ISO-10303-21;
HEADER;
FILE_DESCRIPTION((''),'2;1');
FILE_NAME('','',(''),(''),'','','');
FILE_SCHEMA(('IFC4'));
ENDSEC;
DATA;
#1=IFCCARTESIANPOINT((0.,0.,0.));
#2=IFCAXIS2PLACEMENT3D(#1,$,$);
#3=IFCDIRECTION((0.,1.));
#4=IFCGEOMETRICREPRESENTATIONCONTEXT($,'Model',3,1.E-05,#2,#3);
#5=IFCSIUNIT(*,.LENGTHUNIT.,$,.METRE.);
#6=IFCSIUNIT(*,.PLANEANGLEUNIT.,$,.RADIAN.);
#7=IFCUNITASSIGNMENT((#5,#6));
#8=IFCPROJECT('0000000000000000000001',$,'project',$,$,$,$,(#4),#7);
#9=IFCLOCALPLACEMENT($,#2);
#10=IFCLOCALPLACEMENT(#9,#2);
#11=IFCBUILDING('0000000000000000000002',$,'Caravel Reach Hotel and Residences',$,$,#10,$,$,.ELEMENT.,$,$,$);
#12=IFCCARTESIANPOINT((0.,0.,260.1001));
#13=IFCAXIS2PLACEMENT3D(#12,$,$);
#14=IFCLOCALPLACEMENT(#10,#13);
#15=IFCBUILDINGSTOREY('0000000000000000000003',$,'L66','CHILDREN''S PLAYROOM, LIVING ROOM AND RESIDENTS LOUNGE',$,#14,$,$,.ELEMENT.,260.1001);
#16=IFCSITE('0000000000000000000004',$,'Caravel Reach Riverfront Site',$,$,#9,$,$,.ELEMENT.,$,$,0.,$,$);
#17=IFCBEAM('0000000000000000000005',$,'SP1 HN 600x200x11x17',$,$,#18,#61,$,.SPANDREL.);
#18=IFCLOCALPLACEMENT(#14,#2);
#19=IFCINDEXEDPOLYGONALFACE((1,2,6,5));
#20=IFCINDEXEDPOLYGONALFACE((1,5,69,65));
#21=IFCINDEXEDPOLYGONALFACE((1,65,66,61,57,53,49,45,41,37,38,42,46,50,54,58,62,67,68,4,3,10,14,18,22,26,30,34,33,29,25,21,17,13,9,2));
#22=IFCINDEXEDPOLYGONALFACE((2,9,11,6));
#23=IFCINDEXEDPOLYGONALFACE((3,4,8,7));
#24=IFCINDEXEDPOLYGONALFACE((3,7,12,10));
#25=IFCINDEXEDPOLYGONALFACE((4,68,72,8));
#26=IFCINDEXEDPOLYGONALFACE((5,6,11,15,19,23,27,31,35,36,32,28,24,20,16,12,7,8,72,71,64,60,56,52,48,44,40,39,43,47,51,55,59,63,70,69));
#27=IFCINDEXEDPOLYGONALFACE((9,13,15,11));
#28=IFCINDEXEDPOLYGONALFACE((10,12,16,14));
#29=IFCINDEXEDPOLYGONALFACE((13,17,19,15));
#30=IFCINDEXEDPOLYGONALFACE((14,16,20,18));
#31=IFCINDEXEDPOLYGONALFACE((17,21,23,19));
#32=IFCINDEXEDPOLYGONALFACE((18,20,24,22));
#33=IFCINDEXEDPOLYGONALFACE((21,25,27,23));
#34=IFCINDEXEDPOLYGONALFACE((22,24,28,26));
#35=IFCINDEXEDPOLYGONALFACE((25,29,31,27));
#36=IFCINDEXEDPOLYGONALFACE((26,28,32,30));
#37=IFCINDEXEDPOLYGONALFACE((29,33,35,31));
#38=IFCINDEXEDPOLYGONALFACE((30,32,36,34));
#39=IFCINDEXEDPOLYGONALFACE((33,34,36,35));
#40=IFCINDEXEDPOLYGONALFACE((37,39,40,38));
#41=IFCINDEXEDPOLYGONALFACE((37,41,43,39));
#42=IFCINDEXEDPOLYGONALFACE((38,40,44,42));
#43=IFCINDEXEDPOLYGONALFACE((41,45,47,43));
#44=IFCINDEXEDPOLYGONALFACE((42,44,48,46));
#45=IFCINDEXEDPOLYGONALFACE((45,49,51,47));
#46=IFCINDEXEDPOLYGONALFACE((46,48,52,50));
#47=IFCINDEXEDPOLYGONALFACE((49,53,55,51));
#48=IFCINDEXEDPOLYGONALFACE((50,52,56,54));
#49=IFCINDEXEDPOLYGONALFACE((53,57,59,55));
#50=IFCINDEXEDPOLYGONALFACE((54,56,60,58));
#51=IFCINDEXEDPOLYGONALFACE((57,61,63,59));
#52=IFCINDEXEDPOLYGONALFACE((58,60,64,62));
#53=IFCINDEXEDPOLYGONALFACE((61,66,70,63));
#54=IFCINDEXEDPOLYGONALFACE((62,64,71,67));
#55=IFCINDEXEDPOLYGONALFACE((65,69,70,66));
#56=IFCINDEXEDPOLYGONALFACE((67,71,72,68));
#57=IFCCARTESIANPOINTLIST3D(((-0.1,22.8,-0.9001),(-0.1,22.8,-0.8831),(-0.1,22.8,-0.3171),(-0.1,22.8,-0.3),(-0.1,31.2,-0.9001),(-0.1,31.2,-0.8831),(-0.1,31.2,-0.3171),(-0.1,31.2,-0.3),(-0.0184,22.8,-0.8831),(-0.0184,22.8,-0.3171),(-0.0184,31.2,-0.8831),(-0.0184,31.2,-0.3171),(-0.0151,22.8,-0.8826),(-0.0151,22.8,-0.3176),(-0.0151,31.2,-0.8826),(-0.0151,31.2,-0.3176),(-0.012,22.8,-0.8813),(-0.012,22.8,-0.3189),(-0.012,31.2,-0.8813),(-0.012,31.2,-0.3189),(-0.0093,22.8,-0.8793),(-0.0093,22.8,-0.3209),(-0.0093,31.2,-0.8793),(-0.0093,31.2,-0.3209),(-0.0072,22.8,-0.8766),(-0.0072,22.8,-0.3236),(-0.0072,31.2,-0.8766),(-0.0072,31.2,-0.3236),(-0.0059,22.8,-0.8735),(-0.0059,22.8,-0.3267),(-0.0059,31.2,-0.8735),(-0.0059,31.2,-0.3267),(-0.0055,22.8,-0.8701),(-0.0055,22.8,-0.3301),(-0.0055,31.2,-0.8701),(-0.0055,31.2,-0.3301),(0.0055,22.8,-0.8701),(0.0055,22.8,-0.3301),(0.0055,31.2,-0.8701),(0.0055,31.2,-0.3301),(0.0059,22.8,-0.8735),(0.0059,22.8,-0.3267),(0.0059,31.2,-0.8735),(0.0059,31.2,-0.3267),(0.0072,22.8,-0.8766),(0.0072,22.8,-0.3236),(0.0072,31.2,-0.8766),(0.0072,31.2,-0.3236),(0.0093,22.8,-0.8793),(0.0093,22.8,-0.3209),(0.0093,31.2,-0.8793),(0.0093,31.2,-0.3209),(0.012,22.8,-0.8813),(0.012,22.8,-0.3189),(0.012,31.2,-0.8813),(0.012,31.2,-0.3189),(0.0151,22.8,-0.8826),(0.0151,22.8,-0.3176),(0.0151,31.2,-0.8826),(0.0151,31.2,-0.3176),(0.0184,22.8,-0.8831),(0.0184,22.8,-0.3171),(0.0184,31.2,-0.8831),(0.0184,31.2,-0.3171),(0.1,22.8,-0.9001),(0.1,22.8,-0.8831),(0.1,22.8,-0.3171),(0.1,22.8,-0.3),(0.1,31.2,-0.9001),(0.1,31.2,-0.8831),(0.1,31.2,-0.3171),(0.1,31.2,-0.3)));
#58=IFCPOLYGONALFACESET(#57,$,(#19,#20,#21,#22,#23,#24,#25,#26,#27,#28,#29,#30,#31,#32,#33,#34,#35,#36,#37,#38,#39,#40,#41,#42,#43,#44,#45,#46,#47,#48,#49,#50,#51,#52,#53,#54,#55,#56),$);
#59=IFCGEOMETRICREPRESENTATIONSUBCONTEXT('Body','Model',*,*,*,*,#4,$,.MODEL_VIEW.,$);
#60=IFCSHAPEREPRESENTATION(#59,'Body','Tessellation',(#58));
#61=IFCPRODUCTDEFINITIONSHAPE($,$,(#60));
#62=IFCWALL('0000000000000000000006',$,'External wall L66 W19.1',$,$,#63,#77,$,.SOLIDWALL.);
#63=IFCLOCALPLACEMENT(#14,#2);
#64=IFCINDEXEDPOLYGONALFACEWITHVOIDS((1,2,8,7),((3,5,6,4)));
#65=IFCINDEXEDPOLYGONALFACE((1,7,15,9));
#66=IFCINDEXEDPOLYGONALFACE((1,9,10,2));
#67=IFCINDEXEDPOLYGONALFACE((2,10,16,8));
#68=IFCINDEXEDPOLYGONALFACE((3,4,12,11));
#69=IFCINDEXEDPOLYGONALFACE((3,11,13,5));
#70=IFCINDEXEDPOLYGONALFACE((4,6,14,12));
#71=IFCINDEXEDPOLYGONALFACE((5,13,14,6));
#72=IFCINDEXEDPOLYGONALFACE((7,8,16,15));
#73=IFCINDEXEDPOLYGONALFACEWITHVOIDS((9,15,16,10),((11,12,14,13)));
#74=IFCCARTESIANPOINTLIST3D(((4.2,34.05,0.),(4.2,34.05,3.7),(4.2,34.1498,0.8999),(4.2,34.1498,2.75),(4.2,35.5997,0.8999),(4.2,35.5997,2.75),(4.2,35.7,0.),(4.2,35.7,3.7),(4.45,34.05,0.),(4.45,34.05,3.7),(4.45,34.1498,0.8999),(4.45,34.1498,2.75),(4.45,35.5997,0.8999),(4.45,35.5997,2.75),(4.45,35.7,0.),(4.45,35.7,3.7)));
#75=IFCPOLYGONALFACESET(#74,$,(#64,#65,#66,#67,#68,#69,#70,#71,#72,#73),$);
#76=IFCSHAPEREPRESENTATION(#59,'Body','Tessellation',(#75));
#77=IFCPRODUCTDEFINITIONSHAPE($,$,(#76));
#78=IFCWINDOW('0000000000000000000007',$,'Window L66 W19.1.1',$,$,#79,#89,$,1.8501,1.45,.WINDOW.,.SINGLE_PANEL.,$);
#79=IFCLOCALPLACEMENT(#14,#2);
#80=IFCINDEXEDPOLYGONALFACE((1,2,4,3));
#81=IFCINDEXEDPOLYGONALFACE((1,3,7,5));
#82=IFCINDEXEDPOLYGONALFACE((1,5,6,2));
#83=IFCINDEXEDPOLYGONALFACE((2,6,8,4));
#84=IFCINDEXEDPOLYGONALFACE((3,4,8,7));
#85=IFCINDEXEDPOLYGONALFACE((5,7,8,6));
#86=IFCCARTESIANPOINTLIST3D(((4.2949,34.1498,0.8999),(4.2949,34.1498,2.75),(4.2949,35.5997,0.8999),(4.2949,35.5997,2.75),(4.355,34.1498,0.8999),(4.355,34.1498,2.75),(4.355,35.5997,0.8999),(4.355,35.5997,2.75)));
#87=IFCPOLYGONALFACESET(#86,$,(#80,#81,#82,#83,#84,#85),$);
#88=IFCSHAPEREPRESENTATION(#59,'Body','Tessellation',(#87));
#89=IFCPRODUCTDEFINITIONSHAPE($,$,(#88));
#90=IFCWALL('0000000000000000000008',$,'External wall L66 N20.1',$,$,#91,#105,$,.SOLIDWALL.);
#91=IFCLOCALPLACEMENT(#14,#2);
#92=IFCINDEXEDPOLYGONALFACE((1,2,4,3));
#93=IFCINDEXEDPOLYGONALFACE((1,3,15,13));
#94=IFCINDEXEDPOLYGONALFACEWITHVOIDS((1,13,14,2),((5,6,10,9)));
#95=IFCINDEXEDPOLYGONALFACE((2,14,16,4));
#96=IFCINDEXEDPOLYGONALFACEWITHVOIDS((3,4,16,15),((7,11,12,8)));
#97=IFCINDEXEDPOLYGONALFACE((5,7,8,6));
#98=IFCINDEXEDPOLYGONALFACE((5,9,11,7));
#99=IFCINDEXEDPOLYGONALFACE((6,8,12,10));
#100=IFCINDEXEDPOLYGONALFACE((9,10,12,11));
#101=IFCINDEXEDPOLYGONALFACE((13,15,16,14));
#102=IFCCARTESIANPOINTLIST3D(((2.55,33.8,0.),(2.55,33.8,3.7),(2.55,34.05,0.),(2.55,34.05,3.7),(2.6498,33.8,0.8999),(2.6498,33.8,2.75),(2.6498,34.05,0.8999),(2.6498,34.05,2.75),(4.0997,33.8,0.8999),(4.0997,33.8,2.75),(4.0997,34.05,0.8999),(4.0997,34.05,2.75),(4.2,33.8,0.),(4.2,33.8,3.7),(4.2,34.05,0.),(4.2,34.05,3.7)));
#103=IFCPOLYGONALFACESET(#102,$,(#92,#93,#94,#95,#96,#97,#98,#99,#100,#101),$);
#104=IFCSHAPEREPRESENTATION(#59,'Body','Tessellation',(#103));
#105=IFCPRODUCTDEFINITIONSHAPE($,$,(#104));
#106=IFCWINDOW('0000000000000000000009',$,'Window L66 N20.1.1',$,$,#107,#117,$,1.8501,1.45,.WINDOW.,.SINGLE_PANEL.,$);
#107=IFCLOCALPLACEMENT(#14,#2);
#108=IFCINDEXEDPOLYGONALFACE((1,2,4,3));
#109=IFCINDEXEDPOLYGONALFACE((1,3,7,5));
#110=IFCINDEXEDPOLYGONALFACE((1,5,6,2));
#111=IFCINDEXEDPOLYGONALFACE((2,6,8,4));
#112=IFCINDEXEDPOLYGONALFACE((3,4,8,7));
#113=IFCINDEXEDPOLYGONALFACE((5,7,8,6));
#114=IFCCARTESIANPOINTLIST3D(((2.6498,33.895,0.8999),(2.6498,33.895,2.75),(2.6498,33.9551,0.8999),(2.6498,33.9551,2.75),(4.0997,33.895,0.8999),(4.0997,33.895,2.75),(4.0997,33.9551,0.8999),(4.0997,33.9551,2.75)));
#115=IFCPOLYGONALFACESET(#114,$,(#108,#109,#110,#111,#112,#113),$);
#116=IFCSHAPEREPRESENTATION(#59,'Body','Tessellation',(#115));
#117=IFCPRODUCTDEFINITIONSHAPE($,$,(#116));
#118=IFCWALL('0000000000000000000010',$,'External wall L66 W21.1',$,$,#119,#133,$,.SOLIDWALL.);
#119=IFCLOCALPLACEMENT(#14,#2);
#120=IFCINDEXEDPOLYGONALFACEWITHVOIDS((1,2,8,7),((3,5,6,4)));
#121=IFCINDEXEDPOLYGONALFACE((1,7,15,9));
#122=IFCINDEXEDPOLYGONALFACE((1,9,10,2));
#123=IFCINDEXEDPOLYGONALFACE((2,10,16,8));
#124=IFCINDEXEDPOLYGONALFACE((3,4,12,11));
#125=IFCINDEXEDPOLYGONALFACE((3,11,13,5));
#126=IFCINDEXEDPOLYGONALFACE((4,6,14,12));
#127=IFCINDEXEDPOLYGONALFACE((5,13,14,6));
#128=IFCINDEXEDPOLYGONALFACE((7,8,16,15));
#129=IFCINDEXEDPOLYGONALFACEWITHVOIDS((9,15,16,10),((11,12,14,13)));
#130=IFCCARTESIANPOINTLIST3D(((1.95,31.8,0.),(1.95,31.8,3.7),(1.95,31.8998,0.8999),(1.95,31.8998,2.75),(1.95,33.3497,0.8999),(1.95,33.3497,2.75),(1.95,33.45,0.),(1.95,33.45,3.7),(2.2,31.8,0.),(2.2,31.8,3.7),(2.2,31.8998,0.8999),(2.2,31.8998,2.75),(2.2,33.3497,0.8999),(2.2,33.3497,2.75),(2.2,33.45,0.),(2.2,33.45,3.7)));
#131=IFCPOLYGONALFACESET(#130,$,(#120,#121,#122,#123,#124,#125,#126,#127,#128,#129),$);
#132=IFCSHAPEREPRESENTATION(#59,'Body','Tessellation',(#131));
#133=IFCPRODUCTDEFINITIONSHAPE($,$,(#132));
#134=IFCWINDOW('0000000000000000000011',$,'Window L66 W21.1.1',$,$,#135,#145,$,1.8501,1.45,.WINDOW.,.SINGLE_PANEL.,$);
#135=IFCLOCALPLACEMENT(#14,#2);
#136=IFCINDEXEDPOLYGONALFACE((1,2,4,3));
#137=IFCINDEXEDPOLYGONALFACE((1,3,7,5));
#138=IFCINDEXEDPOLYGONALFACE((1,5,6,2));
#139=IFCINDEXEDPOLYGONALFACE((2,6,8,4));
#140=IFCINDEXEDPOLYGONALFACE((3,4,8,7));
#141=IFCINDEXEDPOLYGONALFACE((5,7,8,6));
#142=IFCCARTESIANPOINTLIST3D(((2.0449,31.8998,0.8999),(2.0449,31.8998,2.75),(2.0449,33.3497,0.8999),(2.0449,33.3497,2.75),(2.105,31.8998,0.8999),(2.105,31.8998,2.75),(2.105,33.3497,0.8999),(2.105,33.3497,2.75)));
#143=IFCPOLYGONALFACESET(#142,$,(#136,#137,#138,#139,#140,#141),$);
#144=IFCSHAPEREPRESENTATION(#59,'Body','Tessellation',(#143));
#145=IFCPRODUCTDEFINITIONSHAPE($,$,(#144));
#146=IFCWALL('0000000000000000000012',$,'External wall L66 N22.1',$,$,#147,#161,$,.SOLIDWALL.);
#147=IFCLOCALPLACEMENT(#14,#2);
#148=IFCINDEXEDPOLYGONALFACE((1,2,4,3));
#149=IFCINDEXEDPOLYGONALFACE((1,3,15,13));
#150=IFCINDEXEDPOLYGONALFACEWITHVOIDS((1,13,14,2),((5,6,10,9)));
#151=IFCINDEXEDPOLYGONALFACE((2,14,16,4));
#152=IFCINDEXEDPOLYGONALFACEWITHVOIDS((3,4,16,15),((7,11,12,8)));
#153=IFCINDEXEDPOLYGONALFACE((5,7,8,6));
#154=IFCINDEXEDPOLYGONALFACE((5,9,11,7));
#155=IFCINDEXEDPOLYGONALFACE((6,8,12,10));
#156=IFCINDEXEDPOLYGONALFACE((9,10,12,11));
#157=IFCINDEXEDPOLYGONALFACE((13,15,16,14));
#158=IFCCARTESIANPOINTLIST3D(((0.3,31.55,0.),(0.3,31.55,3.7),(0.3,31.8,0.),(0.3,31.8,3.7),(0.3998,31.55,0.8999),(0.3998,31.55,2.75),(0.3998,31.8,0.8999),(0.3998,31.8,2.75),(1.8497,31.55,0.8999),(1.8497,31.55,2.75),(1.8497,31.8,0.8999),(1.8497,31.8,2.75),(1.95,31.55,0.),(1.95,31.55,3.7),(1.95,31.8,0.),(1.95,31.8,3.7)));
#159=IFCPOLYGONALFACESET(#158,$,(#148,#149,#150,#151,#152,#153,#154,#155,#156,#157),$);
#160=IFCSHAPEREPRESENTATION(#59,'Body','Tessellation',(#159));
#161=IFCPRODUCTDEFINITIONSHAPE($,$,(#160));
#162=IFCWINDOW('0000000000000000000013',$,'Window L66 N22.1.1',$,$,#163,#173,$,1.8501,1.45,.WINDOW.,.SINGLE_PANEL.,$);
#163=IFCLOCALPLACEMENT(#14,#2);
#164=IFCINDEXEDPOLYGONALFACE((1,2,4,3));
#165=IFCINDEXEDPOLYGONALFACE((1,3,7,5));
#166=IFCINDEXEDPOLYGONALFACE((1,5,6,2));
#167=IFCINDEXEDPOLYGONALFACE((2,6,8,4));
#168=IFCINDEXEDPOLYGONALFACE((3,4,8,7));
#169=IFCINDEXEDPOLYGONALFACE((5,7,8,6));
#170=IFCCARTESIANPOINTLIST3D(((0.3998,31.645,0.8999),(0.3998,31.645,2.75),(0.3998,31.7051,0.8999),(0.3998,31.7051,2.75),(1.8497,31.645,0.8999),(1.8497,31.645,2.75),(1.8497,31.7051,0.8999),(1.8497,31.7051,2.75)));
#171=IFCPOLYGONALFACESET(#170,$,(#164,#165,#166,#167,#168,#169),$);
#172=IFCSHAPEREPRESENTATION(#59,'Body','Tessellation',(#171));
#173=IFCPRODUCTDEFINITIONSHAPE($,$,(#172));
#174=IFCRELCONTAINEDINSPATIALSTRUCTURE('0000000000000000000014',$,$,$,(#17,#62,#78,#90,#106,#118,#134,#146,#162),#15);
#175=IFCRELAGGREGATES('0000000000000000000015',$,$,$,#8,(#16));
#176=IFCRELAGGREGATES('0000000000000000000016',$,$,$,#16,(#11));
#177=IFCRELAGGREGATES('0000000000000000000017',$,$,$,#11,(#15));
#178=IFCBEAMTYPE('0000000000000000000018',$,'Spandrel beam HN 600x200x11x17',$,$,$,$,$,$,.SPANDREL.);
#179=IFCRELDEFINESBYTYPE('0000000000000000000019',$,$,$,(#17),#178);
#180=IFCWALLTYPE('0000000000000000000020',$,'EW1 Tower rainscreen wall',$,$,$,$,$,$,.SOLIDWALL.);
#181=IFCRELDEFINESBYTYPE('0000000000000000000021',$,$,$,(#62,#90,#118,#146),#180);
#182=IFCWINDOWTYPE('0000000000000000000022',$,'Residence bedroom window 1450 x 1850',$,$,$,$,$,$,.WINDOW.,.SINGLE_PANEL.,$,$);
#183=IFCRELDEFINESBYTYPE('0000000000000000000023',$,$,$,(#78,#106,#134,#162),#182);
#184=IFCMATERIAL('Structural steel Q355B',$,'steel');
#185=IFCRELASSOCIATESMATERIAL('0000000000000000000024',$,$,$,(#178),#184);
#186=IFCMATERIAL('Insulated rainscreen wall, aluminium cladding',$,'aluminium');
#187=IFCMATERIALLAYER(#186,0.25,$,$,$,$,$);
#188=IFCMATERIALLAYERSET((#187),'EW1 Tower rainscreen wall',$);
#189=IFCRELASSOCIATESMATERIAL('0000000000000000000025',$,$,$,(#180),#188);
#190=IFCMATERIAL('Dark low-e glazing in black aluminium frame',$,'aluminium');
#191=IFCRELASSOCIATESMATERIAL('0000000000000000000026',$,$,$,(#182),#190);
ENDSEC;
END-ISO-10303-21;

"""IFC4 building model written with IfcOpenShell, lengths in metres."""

from ifc_helpers import new_model, si_unit, direction, frame, frame_2d, origin, origin_2d, place, context, subcontext, project, spatial, rectangle, i_section, extrude, material, layer, layer_set, material_profile, profile_set, type_object, element, fill, save


model = new_model("IFC4")

# Units and contexts
model_context = context("Model", 3, precision=1e-05, world=origin(), true_north=direction((0.0, 1.0)))
body_context = subcontext(model_context, "Body", "Model", "MODEL_VIEW")
ifc_project = project(units=[si_unit("LENGTHUNIT", "METRE"), si_unit("PLANEANGLEUNIT", "RADIAN")], contexts=[model_context])

# Site, building, storey
site_placement = place(None, origin())
site = spatial("IfcSite", under=ifc_project, at=site_placement, Name="Caravel Reach Riverfront Site", CompositionType="ELEMENT", RefElevation=0.0)
building_placement = place(site_placement, origin())
building = spatial("IfcBuilding", under=site, at=building_placement, Name="Caravel Reach Hotel and Residences", CompositionType="ELEMENT")
storey_placement = place(building_placement, frame((0.0, 0.0, 260.1001)))
storey = spatial("IfcBuildingStorey", under=building, at=storey_placement, Name="L66", Description="CHILDREN'S PLAYROOM, LIVING ROOM AND RESIDENTS LOUNGE", CompositionType="ELEMENT", Elevation=260.1001)

# Beam
ifc_material_1 = material(Name="Structural steel Q355B", Category="steel")
ifc_material_profile_1 = material_profile(ifc_material_1, i_section(OverallWidth=0.2, OverallDepth=0.6001, WebThickness=0.011, FlangeThickness=0.0171, FilletRadius=0.0129, at=origin_2d()), Name="HN 600x200x11x17")
ifc_profile_set_1 = profile_set([ifc_material_profile_1], Name="Structural steel Q355B")
beam_type = type_object("IfcBeamType", Name="Spandrel beam HN 600x200x11x17", PredefinedType="SPANDREL", material=ifc_profile_set_1)
beam_placement = place(storey_placement, frame((0.0, 31.2, -0.6001), z_axis=(0.0, -1.0, 0.0), x_axis=(1.0, 0.0, 0.0)))
element("IfcBeam", 1, at=beam_placement, inside=storey, type_object=beam_type, Name="SP1 HN 600x200x11x17", PredefinedType="SPANDREL", context=body_context, shape_type="SweptSolid", body=[
    extrude(i_section(OverallWidth=0.2, OverallDepth=0.6001, WebThickness=0.011, FlangeThickness=0.0171, FilletRadius=0.0129, at=origin_2d()), origin(), (0.0, 0.0, 1.0), 8.3999),
])

# Walls, openings, windows
ifc_material_2 = material(Name="Insulated rainscreen wall, aluminium cladding", Category="aluminium")
ifc_layer = layer(ifc_material_2, 0.25)
ifc_layer_set = layer_set([ifc_layer], Name="EW1 Tower rainscreen wall")
wall_type = type_object("IfcWallType", Name="EW1 Tower rainscreen wall", PredefinedType="SOLIDWALL", material=ifc_layer_set)
wall_1_placement = place(storey_placement, frame((4.325, 35.7, 0.0), z_axis=(0.0, 0.0, 1.0), x_axis=(0.0, -1.0, 0.0)))
wall_1 = element("IfcWall", 2, at=wall_1_placement, inside=storey, type_object=wall_type, Name="External wall L66 W19.1", PredefinedType="SOLIDWALL", context=body_context, shape_type="SweptSolid", body=[
    extrude(rectangle(XDim=1.6499, YDim=0.25, at=frame_2d((0.825, 0.0))), origin(), (0.0, 0.0, 1.0), 3.7),
])
opening_1_placement = place(wall_1_placement, frame((0.1001, 0.0, 0.8999)))
opening_1 = element("IfcOpeningElement", 3, at=opening_1_placement, cuts=wall_1, PredefinedType="OPENING", context=body_context, shape_type="SweptSolid", body=[
    extrude(rectangle(XDim=1.45, YDim=1.8501, at=frame_2d((0.7251, 0.925))), frame((0.0, 0.135, 0.0), z_axis=(0.0, -1.0, 0.0), x_axis=(1.0, 0.0, 0.0)), (0.0, 0.0, 1.0), 0.27),
])
ifc_material_3 = material(Name="Dark low-e glazing in black aluminium frame", Category="aluminium")
window_type_1 = type_object("IfcWindowType", Name="Residence bedroom window 1450 x 1850", PartitioningType="SINGLE_PANEL", PredefinedType="WINDOW", material=ifc_material_3)
window_1_placement = place(opening_1_placement, origin())
window_1 = element("IfcWindow", 4, at=window_1_placement, inside=storey, type_object=window_type_1, Name="Window L66 W19.1.1", OverallHeight=1.8501, OverallWidth=1.45, PartitioningType="SINGLE_PANEL", PredefinedType="WINDOW", context=body_context, shape_type="SweptSolid", body=[
    extrude(rectangle(XDim=1.45, YDim=1.8501, at=frame_2d((0.7251, 0.925))), frame((0.0, 0.03, 0.0), z_axis=(0.0, -1.0, 0.0), x_axis=(1.0, 0.0, 0.0)), (0.0, 0.0, 1.0), 0.0601),
])
fill(opening_1, window_1)
wall_2_placement = place(storey_placement, frame((4.2, 33.925, 0.0), z_axis=(0.0, 0.0, 1.0), x_axis=(-1.0, 0.0, 0.0)))
wall_2 = element("IfcWall", 5, at=wall_2_placement, inside=storey, type_object=wall_type, Name="External wall L66 N20.1", PredefinedType="SOLIDWALL", context=body_context, shape_type="SweptSolid", body=[
    extrude(rectangle(XDim=1.6499, YDim=0.25, at=frame_2d((0.825, 0.0))), origin(), (0.0, 0.0, 1.0), 3.7),
])
opening_2_placement = place(wall_2_placement, frame((0.1001, 0.0, 0.8999)))
opening_2 = element("IfcOpeningElement", 6, at=opening_2_placement, cuts=wall_2, PredefinedType="OPENING", context=body_context, shape_type="SweptSolid", body=[
    extrude(rectangle(XDim=1.45, YDim=1.8501, at=frame_2d((0.7251, 0.925))), frame((0.0, 0.135, 0.0), z_axis=(0.0, -1.0, 0.0), x_axis=(1.0, 0.0, 0.0)), (0.0, 0.0, 1.0), 0.27),
])
window_2_placement = place(opening_2_placement, origin())
window_2 = element("IfcWindow", 7, at=window_2_placement, inside=storey, type_object=window_type_1, Name="Window L66 N20.1.1", OverallHeight=1.8501, OverallWidth=1.45, PartitioningType="SINGLE_PANEL", PredefinedType="WINDOW", context=body_context, shape_type="SweptSolid", body=[
    extrude(rectangle(XDim=1.45, YDim=1.8501, at=frame_2d((0.7251, 0.925))), frame((0.0, 0.03, 0.0), z_axis=(0.0, -1.0, 0.0), x_axis=(1.0, 0.0, 0.0)), (0.0, 0.0, 1.0), 0.0601),
])
fill(opening_2, window_2)
wall_3_placement = place(storey_placement, frame((2.075, 33.45, 0.0), z_axis=(0.0, 0.0, 1.0), x_axis=(0.0, -1.0, 0.0)))
wall_3 = element("IfcWall", 8, at=wall_3_placement, inside=storey, type_object=wall_type, Name="External wall L66 W21.1", PredefinedType="SOLIDWALL", context=body_context, shape_type="SweptSolid", body=[
    extrude(rectangle(XDim=1.6499, YDim=0.25, at=frame_2d((0.825, 0.0))), origin(), (0.0, 0.0, 1.0), 3.7),
])
opening_3_placement = place(wall_3_placement, frame((0.1001, 0.0, 0.8999)))
opening_3 = element("IfcOpeningElement", 9, at=opening_3_placement, cuts=wall_3, PredefinedType="OPENING", context=body_context, shape_type="SweptSolid", body=[
    extrude(rectangle(XDim=1.45, YDim=1.8501, at=frame_2d((0.7251, 0.925))), frame((0.0, 0.135, 0.0), z_axis=(0.0, -1.0, 0.0), x_axis=(1.0, 0.0, 0.0)), (0.0, 0.0, 1.0), 0.27),
])
window_3_placement = place(opening_3_placement, origin())
window_3 = element("IfcWindow", 10, at=window_3_placement, inside=storey, type_object=window_type_1, Name="Window L66 W21.1.1", OverallHeight=1.8501, OverallWidth=1.45, PartitioningType="SINGLE_PANEL", PredefinedType="WINDOW", context=body_context, shape_type="SweptSolid", body=[
    extrude(rectangle(XDim=1.45, YDim=1.8501, at=frame_2d((0.7251, 0.925))), frame((0.0, 0.03, 0.0), z_axis=(0.0, -1.0, 0.0), x_axis=(1.0, 0.0, 0.0)), (0.0, 0.0, 1.0), 0.0601),
])
fill(opening_3, window_3)
wall_4_placement = place(storey_placement, frame((1.95, 31.675, 0.0), z_axis=(0.0, 0.0, 1.0), x_axis=(-1.0, 0.0, 0.0)))
wall_4 = element("IfcWall", 11, at=wall_4_placement, inside=storey, type_object=wall_type, Name="External wall L66 N22.1", PredefinedType="SOLIDWALL", context=body_context, shape_type="SweptSolid", body=[
    extrude(rectangle(XDim=1.6499, YDim=0.25, at=frame_2d((0.825, 0.0))), origin(), (0.0, 0.0, 1.0), 3.7),
])
opening_4_placement = place(wall_4_placement, frame((0.1001, 0.0, 0.8999)))
opening_4 = element("IfcOpeningElement", 12, at=opening_4_placement, cuts=wall_4, PredefinedType="OPENING", context=body_context, shape_type="SweptSolid", body=[
    extrude(rectangle(XDim=1.45, YDim=1.8501, at=frame_2d((0.7251, 0.925))), frame((0.0, 0.135, 0.0), z_axis=(0.0, -1.0, 0.0), x_axis=(1.0, 0.0, 0.0)), (0.0, 0.0, 1.0), 0.27),
])
window_4_placement = place(opening_4_placement, origin())
window_4 = element("IfcWindow", 13, at=window_4_placement, inside=storey, type_object=window_type_1, Name="Window L66 N22.1.1", OverallHeight=1.8501, OverallWidth=1.45, PartitioningType="SINGLE_PANEL", PredefinedType="WINDOW", context=body_context, shape_type="SweptSolid", body=[
    extrude(rectangle(XDim=1.45, YDim=1.8501, at=frame_2d((0.7251, 0.925))), frame((0.0, 0.03, 0.0), z_axis=(0.0, -1.0, 0.0), x_axis=(1.0, 0.0, 0.0)), (0.0, 0.0, 1.0), 0.0601),
])
fill(opening_4, window_4)

save(model, "model.ifc")
